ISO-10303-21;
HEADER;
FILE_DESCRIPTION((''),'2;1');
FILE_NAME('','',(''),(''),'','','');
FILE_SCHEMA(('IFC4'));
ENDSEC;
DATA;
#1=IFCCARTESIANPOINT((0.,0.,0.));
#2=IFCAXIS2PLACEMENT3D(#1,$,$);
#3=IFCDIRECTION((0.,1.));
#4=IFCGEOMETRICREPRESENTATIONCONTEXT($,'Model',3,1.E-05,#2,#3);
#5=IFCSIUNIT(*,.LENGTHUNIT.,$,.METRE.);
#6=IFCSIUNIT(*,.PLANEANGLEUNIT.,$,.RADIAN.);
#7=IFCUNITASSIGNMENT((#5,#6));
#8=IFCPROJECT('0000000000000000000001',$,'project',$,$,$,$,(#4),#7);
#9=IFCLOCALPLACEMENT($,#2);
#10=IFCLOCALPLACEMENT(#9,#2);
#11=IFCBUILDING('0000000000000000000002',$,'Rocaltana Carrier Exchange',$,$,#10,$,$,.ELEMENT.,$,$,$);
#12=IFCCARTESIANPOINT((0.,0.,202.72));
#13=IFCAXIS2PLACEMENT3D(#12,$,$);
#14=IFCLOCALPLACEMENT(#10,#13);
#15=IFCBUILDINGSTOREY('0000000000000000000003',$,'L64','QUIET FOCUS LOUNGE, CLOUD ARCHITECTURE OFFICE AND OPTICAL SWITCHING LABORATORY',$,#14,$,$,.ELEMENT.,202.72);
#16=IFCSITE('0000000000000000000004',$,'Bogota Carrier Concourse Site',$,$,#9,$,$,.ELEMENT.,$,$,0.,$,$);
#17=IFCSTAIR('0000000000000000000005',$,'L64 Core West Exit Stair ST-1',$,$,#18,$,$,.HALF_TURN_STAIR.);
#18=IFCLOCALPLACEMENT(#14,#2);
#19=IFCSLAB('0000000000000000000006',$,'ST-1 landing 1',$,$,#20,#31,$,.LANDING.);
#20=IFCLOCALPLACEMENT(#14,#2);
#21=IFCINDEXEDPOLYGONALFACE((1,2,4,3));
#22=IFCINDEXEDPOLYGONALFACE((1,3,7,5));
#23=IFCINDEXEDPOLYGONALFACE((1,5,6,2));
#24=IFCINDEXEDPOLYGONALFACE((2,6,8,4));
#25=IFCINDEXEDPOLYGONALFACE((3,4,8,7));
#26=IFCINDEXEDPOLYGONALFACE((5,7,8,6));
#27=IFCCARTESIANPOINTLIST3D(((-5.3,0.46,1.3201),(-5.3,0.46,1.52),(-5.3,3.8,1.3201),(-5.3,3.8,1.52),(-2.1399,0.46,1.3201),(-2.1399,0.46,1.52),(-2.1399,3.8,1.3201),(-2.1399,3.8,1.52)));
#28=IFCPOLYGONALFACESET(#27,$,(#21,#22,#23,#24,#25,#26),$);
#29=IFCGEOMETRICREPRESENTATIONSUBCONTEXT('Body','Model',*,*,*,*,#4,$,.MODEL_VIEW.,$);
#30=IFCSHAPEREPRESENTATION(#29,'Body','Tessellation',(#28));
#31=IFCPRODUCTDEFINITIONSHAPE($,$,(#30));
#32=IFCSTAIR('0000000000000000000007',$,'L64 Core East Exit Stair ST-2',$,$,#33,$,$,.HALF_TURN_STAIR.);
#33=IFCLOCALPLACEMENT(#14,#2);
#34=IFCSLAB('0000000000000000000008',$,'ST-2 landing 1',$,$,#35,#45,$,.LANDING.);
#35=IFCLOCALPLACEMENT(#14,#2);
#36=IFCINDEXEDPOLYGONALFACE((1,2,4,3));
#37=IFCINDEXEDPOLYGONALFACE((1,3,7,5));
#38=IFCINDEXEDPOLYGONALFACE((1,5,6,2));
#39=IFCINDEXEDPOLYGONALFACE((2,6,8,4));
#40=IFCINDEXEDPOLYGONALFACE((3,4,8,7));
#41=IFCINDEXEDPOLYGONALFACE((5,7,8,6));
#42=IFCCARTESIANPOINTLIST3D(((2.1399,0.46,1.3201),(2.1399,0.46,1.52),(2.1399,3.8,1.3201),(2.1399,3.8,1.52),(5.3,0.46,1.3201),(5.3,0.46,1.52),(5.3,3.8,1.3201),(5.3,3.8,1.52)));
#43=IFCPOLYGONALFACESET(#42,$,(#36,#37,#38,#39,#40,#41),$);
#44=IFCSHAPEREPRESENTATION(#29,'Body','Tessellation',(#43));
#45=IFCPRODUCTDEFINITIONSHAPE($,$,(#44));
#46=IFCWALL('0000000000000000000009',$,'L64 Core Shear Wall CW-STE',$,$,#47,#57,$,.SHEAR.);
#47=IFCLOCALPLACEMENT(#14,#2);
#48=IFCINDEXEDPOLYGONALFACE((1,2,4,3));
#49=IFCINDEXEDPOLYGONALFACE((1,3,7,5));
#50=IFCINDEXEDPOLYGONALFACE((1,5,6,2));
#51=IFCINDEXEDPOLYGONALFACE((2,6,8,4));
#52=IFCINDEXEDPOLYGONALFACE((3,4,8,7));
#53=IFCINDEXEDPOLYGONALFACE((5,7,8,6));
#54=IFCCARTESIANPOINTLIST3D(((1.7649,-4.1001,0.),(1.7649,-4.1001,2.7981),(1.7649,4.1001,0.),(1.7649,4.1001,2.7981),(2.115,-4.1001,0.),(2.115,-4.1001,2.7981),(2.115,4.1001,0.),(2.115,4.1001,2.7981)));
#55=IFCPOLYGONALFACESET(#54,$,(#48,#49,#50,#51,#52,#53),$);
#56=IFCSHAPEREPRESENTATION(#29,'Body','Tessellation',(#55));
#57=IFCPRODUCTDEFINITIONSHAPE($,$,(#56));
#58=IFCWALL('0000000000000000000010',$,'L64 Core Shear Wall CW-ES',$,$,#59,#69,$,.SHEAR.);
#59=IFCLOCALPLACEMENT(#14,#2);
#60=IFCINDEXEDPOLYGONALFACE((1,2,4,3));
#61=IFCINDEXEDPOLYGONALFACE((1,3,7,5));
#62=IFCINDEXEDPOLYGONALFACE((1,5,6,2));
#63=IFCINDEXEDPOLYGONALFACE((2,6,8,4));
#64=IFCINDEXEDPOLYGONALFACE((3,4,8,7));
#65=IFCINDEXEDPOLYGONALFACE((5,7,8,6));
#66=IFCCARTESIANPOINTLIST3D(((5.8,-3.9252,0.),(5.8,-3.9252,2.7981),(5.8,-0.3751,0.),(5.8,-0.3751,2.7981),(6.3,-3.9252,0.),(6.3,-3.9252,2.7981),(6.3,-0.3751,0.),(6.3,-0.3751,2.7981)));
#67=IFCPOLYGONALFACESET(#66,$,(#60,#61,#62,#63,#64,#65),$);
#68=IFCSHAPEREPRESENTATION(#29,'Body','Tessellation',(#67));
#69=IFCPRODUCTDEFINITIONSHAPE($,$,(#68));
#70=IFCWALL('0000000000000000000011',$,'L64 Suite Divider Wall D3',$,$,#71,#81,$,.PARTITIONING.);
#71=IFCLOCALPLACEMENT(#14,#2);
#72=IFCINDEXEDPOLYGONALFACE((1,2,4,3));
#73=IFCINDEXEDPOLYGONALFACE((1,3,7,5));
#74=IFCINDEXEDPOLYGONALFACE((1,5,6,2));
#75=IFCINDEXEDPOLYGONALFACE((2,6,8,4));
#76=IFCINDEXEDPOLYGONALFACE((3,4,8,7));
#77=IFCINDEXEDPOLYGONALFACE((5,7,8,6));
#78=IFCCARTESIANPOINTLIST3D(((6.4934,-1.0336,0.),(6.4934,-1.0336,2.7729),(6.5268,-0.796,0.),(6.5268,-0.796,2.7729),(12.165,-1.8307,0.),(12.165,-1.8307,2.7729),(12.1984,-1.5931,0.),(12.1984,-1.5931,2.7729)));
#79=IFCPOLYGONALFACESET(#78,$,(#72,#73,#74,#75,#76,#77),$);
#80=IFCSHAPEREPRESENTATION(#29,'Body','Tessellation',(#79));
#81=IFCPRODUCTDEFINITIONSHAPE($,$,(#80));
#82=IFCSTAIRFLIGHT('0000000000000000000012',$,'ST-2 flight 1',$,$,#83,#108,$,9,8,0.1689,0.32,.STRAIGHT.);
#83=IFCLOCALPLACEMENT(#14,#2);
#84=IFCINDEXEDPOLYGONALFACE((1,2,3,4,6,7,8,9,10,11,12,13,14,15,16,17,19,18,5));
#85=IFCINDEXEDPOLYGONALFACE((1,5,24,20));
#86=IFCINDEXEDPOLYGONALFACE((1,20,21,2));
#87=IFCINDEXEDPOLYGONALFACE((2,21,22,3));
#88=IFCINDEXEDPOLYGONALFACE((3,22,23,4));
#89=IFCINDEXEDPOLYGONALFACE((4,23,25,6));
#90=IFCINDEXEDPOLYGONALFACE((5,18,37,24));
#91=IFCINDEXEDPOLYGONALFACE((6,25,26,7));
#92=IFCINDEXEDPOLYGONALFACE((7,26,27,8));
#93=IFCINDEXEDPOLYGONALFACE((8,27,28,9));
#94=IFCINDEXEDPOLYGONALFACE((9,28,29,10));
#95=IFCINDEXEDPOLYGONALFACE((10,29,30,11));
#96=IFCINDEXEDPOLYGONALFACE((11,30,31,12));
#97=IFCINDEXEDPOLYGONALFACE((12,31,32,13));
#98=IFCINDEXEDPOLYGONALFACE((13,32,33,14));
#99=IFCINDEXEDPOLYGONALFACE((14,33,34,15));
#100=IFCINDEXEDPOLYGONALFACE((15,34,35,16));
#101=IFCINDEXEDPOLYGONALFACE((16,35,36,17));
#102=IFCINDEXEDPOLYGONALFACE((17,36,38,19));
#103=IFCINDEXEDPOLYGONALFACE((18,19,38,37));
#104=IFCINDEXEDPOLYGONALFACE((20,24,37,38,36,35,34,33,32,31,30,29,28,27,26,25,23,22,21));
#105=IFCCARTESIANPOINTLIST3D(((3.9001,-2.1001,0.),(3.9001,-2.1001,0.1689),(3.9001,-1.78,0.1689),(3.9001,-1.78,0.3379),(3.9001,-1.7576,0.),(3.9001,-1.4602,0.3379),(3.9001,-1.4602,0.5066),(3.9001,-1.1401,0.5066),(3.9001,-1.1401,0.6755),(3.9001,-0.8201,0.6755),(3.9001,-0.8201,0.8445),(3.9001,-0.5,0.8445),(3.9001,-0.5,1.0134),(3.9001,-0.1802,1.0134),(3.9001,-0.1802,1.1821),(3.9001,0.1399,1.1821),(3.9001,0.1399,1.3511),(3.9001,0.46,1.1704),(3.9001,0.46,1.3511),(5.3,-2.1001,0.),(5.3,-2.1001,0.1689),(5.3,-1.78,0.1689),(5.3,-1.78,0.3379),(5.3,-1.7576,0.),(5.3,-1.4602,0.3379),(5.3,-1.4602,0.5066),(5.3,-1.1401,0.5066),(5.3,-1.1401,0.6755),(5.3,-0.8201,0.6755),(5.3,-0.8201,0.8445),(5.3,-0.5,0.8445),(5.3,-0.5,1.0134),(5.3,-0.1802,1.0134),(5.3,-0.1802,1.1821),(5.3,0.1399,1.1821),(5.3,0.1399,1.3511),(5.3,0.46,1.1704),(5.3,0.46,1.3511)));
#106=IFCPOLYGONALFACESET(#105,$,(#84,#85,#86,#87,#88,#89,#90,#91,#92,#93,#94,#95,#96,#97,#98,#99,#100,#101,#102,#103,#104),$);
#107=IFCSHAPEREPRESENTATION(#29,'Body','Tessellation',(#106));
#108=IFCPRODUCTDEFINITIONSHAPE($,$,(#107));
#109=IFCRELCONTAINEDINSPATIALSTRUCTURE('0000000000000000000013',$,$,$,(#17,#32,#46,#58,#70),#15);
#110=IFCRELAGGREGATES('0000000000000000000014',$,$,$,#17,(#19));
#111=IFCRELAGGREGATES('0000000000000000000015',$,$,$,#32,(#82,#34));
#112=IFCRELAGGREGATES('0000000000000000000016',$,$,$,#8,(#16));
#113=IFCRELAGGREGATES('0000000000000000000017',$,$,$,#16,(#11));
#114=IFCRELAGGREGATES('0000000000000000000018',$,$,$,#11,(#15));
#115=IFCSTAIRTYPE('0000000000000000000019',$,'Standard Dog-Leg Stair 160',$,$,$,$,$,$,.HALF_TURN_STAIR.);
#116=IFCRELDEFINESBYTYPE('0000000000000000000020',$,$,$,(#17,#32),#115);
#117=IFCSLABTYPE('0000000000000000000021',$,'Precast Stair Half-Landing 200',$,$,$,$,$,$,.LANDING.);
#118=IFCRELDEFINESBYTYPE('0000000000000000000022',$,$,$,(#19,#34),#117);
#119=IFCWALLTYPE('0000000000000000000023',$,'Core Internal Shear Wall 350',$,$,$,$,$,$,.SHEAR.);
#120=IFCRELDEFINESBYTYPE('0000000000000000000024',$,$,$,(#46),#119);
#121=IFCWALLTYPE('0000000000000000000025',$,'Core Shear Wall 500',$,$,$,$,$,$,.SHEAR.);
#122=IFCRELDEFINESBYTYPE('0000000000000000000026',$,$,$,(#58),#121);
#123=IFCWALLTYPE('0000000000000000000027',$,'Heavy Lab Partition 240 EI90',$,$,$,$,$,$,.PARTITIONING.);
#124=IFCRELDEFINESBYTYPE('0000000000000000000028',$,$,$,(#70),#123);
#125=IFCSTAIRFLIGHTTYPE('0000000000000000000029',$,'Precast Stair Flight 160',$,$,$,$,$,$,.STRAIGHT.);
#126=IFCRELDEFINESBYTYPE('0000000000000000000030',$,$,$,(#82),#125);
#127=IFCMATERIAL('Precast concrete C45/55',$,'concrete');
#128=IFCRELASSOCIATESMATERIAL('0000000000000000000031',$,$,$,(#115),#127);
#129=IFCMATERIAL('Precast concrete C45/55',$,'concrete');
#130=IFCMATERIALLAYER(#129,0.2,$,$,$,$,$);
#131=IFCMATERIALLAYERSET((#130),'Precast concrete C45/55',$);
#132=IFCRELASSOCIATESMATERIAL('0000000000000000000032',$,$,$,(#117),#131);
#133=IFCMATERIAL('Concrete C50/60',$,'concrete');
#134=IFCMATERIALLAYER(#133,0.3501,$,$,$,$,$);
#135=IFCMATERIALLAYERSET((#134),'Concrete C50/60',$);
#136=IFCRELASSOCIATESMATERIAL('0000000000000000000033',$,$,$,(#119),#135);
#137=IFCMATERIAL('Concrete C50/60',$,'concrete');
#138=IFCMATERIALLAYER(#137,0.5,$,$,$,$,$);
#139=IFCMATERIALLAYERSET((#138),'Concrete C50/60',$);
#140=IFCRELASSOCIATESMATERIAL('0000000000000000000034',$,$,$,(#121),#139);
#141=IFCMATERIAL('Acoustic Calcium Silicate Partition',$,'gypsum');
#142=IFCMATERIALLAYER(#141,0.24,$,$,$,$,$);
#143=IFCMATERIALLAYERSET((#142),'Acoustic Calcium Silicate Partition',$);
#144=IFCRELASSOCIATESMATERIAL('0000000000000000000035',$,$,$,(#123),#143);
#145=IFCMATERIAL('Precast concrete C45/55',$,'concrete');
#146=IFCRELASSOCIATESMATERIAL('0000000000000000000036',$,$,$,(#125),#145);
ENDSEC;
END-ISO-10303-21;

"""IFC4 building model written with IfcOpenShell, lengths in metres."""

from ifc_helpers import new_model, si_unit, direction, frame, frame_2d, origin, place, context, subcontext, project, spatial, polyline, rectangle, outline, extrude, material, layer, layer_set, type_object, element, aggregate, save


model = new_model("IFC4")

# Units and contexts
model_context = context("Model", 3, precision=1e-05, world=origin(), true_north=direction((0.0, 1.0)))
body_context = subcontext(model_context, "Body", "Model", "MODEL_VIEW")
ifc_project = project(units=[si_unit("LENGTHUNIT", "METRE"), si_unit("PLANEANGLEUNIT", "RADIAN")], contexts=[model_context])

# Site, building, storey
site_placement = place(None, origin())
site = spatial("IfcSite", under=ifc_project, at=site_placement, Name="Bogota Carrier Concourse Site", CompositionType="ELEMENT", RefElevation=0.0)
building_placement = place(site_placement, origin())
building = spatial("IfcBuilding", under=site, at=building_placement, Name="Rocaltana Carrier Exchange", CompositionType="ELEMENT")
storey_placement = place(building_placement, frame((0.0, 0.0, 202.72)))
storey = spatial("IfcBuildingStorey", under=building, at=storey_placement, Name="L64", Description="QUIET FOCUS LOUNGE, CLOUD ARCHITECTURE OFFICE AND OPTICAL SWITCHING LABORATORY", CompositionType="ELEMENT", Elevation=202.72)

# Stairs, slabs
ifc_material_1 = material(Name="Precast concrete C45/55", Category="concrete")
stair_type = type_object("IfcStairType", Name="Standard Dog-Leg Stair 160", PredefinedType="HALF_TURN_STAIR", material=ifc_material_1)
stair_1_placement = place(storey_placement, origin())
stair_1 = element("IfcStair", 1, at=stair_1_placement, inside=storey, type_object=stair_type, Name="L64 Core West Exit Stair ST-1", PredefinedType="HALF_TURN_STAIR")
ifc_material_2 = material(Name="Precast concrete C45/55", Category="concrete")
ifc_layer_1 = layer(ifc_material_2, 0.2)
ifc_layer_set_1 = layer_set([ifc_layer_1], Name="Precast concrete C45/55")
slab_type = type_object("IfcSlabType", Name="Precast Stair Half-Landing 200", PredefinedType="LANDING", material=ifc_layer_set_1)
slab_1_placement = place(storey_placement, frame((0.0, 0.0, 1.3201)))
slab_1 = element("IfcSlab", 2, at=slab_1_placement, type_object=slab_type, Name="ST-1 landing 1", PredefinedType="LANDING", context=body_context, shape_type="SweptSolid", body=[
    extrude(outline(polyline([(-2.1399, 0.46), (-2.1399, 3.8), (-5.3, 3.8), (-5.3, 0.46), (-2.1399, 0.46)])), origin(), (0.0, 0.0, 1.0), 0.2),
])
aggregate(stair_1, [slab_1])
stair_2_placement = place(storey_placement, origin())
stair_2 = element("IfcStair", 3, at=stair_2_placement, inside=storey, type_object=stair_type, Name="L64 Core East Exit Stair ST-2", PredefinedType="HALF_TURN_STAIR")
slab_2_placement = place(storey_placement, frame((0.0, 0.0, 1.3201)))
slab_2 = element("IfcSlab", 4, at=slab_2_placement, type_object=slab_type, Name="ST-2 landing 1", PredefinedType="LANDING", context=body_context, shape_type="SweptSolid", body=[
    extrude(outline(polyline([(5.3, 0.46), (5.3, 3.8), (2.1399, 3.8), (2.1399, 0.46), (5.3, 0.46)])), origin(), (0.0, 0.0, 1.0), 0.2),
])

# Walls
ifc_material_3 = material(Name="Concrete C50/60", Category="concrete")
ifc_layer_2 = layer(ifc_material_3, 0.3501)
ifc_layer_set_2 = layer_set([ifc_layer_2], Name="Concrete C50/60")
wall_type_1 = type_object("IfcWallType", Name="Core Internal Shear Wall 350", PredefinedType="SHEAR", material=ifc_layer_set_2)
wall_1_placement = place(storey_placement, frame((1.9399, -4.1001, 0.0), z_axis=(0.0, 0.0, 1.0), x_axis=(0.0, 1.0, 0.0)))
element("IfcWall", 5, at=wall_1_placement, inside=storey, type_object=wall_type_1, Name="L64 Core Shear Wall CW-STE", PredefinedType="SHEAR", context=body_context, shape_type="SweptSolid", body=[
    extrude(rectangle(XDim=8.2002, YDim=0.3501, at=frame_2d((4.1001, 0.0))), origin(), (0.0, 0.0, 1.0), 2.7981),
])
ifc_material_4 = material(Name="Concrete C50/60", Category="concrete")
ifc_layer_3 = layer(ifc_material_4, 0.5)
ifc_layer_set_3 = layer_set([ifc_layer_3], Name="Concrete C50/60")
wall_type_2 = type_object("IfcWallType", Name="Core Shear Wall 500", PredefinedType="SHEAR", material=ifc_layer_set_3)
wall_2_placement = place(storey_placement, frame((6.05, -3.925, 0.0), z_axis=(0.0, 0.0, 1.0), x_axis=(0.0, 1.0, 0.0)))
element("IfcWall", 6, at=wall_2_placement, inside=storey, type_object=wall_type_2, Name="L64 Core Shear Wall CW-ES", PredefinedType="SHEAR", context=body_context, shape_type="SweptSolid", body=[
    extrude(rectangle(XDim=3.55, YDim=0.5, at=frame_2d((1.7749, 0.0))), origin(), (0.0, 0.0, 1.0), 2.7981),
])
ifc_material_5 = material(Name="Acoustic Calcium Silicate Partition", Category="gypsum")
ifc_layer_4 = layer(ifc_material_5, 0.24)
ifc_layer_set_4 = layer_set([ifc_layer_4], Name="Acoustic Calcium Silicate Partition")
wall_type_3 = type_object("IfcWallType", Name="Heavy Lab Partition 240 EI90", PredefinedType="PARTITIONING", material=ifc_layer_set_4)
wall_3_placement = place(storey_placement, frame((6.51, -0.9148, 0.0), z_axis=(0.0, 0.0, 1.0), x_axis=(0.990268, -0.139177, 0.0)))
element("IfcWall", 7, at=wall_3_placement, inside=storey, type_object=wall_type_3, Name="L64 Suite Divider Wall D3", PredefinedType="PARTITIONING", context=body_context, shape_type="SweptSolid", body=[
    extrude(rectangle(XDim=5.7273, YDim=0.24, at=frame_2d((2.8638, 0.0))), origin(), (0.0, 0.0, 1.0), 2.7729),
])

# Stair flight
ifc_material_6 = material(Name="Precast concrete C45/55", Category="concrete")
stair_flight_type = type_object("IfcStairFlightType", Name="Precast Stair Flight 160", PredefinedType="STRAIGHT", material=ifc_material_6)
stair_flight_placement = place(storey_placement, frame((4.6001, -2.1001, 0.0), z_axis=(0.0, 0.0, 1.0), x_axis=(0.0, 1.0, 0.0)))
stair_flight = element("IfcStairFlight", 8, at=stair_flight_placement, type_object=stair_flight_type, Name="ST-2 flight 1", NumberOfRisers=9, NumberOfTreads=8, PredefinedType="STRAIGHT", RiserHeight=0.1689, TreadLength=0.32, context=body_context, shape_type="SweptSolid", body=[
    extrude(outline(polyline([(0.0, 0.0), (0.0, 0.1689), (0.3201, 0.1689), (0.3201, 0.3379), (0.6399, 0.3379), (0.6399, 0.5066), (0.96, 0.5066), (0.96, 0.6755), (1.28, 0.6755), (1.28, 0.8445), (1.6001, 0.8445), (1.6001, 1.0134), (1.9199, 1.0134), (1.9199, 1.1821), (2.24, 1.1821), (2.24, 1.3511), (2.5601, 1.3511), (2.5601, 1.52), (2.5601, 1.1704), (0.3425, 0.0), (0.0, 0.0)])), frame((0.0, 0.7, 0.0), z_axis=(0.0, -1.0, 0.0), x_axis=(1.0, 0.0, 0.0)), (0.0, 0.0, 1.0), 1.3999),
])
aggregate(stair_2, [stair_flight, slab_2])

save(model, "model.ifc")
